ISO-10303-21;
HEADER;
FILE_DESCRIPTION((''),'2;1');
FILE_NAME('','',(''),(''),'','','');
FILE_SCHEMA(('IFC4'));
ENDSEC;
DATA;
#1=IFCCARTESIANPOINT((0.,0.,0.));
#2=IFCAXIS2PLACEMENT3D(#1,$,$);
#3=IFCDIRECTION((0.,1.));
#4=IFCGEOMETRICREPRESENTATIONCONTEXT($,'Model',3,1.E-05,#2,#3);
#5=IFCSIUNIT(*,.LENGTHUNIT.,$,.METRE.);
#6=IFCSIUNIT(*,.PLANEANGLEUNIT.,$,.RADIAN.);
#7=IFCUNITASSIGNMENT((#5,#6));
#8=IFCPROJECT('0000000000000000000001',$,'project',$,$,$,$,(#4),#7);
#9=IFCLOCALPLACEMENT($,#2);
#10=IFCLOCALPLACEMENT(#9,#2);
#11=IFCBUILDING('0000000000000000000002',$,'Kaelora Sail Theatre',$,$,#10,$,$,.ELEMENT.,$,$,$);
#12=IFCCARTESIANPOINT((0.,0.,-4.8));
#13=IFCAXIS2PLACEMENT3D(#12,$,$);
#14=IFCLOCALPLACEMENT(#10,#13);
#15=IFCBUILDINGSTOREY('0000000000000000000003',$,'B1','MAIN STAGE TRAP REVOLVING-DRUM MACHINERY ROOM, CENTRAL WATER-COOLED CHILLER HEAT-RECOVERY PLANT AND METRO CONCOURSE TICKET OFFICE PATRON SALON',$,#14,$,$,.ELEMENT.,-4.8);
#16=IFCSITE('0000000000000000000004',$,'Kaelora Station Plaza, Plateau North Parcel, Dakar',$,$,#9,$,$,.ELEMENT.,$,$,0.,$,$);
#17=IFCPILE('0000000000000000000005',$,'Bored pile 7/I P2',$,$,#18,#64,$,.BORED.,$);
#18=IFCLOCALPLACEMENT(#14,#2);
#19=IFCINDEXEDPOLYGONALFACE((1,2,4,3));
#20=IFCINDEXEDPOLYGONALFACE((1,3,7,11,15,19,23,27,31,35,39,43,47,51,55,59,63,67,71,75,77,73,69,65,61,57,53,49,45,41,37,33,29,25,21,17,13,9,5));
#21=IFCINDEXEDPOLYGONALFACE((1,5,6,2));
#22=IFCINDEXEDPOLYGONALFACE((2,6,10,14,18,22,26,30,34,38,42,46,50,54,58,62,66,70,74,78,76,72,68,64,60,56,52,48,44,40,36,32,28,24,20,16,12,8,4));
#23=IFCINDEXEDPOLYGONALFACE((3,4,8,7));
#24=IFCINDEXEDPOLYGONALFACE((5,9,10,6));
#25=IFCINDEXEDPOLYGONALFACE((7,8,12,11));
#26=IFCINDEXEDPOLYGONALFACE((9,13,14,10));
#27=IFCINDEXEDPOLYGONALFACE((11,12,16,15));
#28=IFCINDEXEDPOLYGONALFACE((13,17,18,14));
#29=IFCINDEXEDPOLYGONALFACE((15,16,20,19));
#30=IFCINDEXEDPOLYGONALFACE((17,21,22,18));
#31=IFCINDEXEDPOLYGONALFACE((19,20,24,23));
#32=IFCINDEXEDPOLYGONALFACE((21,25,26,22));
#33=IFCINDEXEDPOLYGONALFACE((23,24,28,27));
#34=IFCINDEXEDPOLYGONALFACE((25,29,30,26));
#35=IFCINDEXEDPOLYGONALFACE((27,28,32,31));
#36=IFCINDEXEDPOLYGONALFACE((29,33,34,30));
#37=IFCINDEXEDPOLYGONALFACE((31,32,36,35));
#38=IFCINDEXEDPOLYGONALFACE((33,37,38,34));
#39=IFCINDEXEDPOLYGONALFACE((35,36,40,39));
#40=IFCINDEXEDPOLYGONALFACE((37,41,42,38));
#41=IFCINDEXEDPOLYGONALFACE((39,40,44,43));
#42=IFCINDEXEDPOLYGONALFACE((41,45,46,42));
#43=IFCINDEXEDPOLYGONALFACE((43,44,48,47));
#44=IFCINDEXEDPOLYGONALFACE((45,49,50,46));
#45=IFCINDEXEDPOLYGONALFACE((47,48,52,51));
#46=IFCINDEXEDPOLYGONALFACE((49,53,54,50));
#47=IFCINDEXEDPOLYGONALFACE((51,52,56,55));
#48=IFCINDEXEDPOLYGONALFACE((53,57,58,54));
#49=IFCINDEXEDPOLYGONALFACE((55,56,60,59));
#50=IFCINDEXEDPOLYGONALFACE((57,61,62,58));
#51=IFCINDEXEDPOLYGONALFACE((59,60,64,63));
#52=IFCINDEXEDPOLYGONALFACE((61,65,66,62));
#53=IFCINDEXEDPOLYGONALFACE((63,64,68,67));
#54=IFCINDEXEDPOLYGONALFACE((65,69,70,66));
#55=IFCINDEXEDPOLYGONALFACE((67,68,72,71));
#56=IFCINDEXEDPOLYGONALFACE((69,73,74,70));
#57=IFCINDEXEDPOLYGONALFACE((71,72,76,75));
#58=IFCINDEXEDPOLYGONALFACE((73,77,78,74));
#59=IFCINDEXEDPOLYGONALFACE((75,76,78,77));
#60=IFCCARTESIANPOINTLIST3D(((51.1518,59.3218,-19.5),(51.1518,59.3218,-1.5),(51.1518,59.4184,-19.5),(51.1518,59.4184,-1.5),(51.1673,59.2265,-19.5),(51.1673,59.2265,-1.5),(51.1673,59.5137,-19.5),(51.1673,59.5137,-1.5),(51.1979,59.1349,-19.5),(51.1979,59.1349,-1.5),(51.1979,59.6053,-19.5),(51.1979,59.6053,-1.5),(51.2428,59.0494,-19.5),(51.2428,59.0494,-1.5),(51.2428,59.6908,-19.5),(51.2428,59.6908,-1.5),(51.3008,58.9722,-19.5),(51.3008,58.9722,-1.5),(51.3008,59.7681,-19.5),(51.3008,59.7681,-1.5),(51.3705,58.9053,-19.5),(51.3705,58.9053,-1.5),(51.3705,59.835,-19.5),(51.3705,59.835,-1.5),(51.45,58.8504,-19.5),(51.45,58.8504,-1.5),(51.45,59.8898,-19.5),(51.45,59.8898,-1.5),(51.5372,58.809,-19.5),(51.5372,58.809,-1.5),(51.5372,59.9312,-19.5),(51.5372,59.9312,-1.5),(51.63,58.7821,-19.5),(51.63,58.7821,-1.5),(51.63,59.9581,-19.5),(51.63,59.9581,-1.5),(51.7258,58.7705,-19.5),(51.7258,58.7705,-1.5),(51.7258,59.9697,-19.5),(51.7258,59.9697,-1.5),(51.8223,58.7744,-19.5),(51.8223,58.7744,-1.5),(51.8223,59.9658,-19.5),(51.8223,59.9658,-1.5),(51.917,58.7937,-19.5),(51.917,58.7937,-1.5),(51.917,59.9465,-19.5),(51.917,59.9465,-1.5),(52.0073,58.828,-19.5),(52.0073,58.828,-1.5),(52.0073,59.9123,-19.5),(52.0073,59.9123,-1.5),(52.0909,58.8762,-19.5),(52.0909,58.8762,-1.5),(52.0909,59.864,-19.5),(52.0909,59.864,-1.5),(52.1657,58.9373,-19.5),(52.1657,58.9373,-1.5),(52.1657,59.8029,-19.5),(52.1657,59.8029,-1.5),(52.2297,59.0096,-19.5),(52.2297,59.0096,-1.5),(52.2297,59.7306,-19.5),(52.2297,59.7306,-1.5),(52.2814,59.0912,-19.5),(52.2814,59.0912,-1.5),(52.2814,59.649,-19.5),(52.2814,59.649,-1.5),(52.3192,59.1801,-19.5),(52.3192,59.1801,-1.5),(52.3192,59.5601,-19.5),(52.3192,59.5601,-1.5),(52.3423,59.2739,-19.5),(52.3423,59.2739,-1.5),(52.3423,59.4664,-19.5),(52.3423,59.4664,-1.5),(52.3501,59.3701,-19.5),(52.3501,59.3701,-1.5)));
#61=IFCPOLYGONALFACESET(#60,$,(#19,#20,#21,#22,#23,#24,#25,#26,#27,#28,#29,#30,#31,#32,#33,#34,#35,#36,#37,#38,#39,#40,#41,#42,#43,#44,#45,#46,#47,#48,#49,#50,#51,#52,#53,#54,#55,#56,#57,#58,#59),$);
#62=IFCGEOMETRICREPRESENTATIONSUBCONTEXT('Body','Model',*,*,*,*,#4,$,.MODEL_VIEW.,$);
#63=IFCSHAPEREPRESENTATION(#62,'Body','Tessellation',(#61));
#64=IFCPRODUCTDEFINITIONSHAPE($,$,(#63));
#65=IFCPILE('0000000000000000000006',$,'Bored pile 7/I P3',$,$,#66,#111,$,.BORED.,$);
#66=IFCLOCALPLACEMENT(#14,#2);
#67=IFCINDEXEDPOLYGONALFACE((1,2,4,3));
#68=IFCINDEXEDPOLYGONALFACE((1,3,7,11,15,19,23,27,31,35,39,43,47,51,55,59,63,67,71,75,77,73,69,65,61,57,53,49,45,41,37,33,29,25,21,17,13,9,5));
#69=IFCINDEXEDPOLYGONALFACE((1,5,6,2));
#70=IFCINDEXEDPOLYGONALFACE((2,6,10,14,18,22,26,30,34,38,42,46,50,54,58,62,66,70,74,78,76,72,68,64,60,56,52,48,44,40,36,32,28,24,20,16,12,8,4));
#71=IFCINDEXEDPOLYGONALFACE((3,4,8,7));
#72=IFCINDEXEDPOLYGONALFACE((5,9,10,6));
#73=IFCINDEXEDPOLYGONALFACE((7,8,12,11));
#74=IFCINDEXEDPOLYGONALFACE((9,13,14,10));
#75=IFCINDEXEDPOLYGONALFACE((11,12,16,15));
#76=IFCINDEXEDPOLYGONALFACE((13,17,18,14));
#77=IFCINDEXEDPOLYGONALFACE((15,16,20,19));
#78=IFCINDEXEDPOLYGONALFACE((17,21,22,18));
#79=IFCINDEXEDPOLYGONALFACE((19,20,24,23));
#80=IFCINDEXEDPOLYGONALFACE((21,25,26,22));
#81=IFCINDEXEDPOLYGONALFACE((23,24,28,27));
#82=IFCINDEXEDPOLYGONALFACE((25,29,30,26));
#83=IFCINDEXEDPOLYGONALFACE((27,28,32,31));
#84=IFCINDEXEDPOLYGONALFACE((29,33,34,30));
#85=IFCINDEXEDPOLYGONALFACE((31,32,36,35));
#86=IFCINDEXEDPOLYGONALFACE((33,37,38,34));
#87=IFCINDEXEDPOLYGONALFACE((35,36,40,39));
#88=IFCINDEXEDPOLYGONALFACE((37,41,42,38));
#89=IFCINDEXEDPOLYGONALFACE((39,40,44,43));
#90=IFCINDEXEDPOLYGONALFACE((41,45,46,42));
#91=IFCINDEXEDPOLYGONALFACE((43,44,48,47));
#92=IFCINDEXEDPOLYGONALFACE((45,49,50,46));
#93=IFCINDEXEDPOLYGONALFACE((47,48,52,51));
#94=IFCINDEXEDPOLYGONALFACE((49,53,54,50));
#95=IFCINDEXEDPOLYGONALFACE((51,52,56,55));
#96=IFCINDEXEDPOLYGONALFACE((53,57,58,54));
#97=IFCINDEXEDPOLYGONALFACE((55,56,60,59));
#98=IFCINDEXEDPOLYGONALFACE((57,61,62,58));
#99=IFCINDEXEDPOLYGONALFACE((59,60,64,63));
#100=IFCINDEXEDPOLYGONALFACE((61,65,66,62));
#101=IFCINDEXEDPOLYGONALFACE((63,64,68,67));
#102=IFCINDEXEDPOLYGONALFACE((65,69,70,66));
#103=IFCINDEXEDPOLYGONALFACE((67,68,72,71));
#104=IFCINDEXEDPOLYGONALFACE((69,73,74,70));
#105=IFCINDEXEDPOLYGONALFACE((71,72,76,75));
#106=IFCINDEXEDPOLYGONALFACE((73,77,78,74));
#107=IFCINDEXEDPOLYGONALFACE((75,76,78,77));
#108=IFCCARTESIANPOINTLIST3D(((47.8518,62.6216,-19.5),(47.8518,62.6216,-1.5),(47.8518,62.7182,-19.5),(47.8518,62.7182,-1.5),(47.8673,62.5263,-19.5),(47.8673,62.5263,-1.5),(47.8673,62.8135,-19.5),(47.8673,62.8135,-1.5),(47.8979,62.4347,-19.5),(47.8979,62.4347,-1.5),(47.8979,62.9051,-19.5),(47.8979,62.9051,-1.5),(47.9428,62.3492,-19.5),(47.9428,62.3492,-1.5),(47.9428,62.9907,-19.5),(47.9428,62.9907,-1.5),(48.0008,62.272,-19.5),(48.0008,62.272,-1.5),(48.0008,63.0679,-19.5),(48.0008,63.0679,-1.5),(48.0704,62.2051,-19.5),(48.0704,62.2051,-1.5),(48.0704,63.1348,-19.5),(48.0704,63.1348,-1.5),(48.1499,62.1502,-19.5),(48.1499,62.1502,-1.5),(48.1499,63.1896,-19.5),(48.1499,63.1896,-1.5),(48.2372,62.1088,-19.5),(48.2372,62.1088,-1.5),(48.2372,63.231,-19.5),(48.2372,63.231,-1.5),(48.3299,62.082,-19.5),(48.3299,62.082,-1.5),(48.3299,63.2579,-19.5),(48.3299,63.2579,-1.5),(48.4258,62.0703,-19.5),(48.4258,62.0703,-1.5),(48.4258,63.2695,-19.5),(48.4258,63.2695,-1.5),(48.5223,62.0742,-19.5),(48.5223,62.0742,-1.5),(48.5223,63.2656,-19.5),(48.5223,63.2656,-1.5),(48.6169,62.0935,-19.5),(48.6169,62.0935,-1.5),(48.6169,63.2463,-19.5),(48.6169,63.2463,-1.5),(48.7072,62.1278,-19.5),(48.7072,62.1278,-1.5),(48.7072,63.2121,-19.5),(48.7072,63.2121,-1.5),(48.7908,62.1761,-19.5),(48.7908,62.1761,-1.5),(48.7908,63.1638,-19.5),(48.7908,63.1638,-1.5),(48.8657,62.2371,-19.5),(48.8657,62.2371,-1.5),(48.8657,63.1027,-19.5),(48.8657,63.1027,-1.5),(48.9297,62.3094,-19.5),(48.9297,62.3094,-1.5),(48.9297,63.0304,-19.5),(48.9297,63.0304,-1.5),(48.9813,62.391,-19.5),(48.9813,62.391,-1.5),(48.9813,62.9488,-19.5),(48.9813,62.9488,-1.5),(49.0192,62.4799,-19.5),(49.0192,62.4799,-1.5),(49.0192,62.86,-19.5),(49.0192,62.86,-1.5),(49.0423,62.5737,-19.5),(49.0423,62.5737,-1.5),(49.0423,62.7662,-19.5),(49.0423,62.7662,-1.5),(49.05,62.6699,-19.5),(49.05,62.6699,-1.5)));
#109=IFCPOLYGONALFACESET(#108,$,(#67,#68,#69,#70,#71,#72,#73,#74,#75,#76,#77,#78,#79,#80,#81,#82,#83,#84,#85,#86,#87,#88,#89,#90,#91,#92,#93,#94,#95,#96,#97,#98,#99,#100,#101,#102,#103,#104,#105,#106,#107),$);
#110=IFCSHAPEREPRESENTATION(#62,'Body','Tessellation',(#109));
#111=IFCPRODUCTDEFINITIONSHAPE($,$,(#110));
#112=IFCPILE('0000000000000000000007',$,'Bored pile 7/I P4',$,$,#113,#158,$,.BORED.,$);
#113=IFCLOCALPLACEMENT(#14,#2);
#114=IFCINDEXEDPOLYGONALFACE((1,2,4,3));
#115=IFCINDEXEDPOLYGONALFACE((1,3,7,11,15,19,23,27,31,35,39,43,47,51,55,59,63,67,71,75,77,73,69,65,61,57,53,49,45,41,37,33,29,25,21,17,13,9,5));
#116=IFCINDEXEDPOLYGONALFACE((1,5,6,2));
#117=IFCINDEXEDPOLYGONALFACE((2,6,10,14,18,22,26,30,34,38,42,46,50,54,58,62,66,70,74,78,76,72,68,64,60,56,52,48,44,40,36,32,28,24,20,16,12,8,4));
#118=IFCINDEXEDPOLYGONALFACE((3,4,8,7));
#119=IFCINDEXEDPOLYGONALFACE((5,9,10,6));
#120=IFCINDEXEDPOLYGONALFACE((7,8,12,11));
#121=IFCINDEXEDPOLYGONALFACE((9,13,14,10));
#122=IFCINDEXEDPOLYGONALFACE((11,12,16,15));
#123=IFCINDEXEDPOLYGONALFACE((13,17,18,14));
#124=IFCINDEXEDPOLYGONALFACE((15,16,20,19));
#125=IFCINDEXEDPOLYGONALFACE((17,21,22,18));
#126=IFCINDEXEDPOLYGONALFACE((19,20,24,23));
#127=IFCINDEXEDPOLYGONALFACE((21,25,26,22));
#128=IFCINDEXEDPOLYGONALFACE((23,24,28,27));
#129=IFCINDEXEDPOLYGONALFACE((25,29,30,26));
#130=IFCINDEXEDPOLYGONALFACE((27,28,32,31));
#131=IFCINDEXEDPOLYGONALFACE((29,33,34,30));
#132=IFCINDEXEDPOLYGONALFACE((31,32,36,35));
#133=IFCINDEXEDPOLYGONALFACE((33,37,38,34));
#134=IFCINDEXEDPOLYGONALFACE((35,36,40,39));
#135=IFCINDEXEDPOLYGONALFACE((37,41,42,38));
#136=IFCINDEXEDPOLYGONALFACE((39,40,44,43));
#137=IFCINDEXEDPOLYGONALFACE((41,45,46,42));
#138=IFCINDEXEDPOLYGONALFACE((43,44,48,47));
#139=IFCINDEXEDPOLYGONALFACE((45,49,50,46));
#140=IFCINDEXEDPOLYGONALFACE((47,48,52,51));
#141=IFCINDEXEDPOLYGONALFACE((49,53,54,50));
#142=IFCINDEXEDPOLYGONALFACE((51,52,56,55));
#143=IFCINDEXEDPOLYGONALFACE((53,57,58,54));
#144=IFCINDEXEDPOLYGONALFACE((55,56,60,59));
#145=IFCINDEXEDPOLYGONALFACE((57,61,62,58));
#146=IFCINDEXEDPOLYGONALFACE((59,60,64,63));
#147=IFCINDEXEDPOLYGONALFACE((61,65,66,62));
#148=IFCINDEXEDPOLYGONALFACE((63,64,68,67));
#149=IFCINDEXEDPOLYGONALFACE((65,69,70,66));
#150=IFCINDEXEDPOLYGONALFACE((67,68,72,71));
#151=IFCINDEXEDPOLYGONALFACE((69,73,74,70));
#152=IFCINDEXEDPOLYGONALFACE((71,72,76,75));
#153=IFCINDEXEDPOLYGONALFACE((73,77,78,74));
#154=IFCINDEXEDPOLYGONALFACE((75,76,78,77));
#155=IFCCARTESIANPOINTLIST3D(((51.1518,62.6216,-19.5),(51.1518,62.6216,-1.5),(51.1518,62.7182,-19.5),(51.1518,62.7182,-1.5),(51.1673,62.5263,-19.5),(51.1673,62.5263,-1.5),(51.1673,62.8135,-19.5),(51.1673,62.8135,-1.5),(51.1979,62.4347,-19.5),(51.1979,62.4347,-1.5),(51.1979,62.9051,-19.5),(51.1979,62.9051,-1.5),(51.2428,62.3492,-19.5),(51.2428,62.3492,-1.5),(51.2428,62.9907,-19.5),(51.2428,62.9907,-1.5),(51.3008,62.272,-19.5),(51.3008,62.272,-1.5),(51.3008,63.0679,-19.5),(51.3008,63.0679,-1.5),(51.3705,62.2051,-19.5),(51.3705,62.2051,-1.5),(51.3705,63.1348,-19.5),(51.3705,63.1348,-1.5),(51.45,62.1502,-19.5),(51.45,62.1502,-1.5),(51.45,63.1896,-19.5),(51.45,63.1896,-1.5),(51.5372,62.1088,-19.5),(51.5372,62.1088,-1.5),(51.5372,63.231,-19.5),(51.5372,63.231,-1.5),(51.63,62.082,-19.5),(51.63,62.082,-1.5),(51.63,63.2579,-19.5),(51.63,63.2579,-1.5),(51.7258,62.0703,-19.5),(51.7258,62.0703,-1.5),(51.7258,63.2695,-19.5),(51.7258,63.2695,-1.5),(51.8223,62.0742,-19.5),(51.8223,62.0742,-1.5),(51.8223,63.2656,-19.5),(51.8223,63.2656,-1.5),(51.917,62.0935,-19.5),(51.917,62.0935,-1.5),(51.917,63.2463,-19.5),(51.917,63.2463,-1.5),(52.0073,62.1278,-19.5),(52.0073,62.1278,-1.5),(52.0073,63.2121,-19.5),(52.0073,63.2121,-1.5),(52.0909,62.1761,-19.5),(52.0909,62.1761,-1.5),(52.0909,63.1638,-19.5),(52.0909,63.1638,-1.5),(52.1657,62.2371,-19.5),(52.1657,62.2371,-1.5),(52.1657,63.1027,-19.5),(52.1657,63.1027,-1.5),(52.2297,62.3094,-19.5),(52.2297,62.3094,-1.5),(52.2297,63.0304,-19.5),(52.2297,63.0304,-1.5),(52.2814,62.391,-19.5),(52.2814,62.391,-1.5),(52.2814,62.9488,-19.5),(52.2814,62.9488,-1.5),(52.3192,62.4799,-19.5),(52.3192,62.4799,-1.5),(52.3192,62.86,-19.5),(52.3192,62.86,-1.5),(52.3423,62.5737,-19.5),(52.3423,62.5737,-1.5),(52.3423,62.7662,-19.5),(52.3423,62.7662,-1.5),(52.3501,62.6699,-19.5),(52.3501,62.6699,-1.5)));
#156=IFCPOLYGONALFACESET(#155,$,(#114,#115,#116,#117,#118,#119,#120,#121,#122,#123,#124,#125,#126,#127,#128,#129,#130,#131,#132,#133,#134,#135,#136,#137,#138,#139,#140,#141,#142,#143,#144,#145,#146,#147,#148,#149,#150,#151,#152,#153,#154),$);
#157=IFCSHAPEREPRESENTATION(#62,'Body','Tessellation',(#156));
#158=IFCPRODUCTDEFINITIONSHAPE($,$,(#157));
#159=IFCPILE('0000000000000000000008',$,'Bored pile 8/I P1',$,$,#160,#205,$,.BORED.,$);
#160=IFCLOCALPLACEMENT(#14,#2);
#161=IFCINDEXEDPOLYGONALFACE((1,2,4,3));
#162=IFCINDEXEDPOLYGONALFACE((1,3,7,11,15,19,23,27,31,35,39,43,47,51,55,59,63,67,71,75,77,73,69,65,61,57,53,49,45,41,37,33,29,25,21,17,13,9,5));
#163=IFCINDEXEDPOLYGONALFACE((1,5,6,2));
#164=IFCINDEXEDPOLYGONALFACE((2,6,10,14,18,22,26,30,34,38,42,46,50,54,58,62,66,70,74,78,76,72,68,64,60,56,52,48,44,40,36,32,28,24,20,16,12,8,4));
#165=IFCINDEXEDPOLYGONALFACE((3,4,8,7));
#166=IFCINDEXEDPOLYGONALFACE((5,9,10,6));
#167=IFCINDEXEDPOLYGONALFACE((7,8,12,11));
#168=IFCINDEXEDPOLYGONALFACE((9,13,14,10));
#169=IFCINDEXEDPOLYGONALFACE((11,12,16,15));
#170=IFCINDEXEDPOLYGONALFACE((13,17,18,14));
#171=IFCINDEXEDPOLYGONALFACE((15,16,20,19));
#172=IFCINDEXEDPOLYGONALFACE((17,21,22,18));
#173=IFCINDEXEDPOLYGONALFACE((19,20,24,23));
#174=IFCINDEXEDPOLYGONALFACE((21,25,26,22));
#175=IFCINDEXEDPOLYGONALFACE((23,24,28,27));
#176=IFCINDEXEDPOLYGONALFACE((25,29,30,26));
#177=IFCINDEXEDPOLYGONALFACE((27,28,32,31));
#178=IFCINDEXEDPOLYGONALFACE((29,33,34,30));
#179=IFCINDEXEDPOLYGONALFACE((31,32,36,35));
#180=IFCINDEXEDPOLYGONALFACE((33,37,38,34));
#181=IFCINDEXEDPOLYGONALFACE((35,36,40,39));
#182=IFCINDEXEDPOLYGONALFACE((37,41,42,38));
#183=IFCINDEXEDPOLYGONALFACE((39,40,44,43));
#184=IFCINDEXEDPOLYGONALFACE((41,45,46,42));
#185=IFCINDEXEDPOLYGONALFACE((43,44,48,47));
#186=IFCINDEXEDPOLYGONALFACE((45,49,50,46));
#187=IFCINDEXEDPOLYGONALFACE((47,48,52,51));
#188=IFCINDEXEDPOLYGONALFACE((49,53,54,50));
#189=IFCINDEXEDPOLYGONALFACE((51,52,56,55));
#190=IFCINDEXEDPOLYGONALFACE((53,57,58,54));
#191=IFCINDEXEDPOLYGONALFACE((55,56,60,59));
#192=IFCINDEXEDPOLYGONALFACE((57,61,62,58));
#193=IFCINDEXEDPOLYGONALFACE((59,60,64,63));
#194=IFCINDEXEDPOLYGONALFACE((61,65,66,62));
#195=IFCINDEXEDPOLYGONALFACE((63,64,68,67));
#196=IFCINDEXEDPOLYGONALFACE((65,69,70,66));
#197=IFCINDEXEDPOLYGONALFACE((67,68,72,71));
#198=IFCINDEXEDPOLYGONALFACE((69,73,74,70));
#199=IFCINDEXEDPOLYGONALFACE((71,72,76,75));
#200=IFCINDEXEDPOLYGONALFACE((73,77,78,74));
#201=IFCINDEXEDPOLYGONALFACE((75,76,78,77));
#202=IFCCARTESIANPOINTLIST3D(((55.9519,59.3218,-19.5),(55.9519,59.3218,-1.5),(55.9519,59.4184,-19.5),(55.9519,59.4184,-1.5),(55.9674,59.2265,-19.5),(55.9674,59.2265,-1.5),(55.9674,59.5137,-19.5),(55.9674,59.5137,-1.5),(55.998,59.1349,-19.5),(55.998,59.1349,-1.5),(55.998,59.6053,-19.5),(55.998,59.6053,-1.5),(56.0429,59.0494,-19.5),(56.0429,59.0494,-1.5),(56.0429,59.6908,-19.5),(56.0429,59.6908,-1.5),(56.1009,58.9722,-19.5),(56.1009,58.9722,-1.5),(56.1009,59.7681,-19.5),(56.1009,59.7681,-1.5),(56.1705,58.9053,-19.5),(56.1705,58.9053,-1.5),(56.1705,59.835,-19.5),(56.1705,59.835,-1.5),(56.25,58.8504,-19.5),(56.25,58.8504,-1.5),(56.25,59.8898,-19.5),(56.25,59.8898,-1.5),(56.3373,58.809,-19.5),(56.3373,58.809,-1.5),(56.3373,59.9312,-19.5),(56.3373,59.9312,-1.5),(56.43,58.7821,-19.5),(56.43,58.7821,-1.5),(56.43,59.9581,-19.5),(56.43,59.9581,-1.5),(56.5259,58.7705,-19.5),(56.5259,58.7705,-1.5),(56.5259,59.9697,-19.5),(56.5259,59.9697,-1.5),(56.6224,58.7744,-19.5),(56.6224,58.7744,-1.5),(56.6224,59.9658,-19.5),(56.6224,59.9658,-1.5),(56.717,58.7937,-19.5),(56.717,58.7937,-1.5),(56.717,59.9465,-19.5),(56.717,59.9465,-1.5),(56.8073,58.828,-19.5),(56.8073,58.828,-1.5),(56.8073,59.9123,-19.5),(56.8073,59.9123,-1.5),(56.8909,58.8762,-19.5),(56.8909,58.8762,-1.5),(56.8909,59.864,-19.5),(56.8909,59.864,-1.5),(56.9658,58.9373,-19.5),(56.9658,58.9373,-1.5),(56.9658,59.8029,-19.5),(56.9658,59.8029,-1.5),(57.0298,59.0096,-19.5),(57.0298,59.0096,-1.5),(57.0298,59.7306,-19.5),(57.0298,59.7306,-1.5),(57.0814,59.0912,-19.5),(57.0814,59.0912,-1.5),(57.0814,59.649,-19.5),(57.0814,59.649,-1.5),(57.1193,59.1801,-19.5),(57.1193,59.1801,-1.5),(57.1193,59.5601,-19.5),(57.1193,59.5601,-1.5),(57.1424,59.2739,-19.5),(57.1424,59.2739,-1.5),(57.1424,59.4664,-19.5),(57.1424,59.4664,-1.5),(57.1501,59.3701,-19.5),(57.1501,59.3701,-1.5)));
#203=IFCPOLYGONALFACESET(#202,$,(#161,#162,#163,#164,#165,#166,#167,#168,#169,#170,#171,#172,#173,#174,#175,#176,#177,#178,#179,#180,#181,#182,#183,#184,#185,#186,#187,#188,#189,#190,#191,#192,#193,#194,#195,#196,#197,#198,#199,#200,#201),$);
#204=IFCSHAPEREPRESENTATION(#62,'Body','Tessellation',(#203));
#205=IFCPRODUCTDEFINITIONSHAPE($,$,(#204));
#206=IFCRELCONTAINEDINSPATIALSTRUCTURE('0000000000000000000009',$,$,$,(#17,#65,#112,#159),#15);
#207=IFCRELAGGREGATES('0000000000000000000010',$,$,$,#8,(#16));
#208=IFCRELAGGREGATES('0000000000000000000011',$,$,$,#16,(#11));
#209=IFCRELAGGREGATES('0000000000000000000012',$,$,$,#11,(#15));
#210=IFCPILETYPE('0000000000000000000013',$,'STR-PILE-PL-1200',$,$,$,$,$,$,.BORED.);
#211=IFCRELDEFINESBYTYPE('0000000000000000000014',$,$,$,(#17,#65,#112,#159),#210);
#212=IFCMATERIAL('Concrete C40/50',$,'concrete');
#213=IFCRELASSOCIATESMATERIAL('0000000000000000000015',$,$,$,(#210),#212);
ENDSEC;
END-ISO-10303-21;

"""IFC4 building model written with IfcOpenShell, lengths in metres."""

from ifc_helpers import new_model, si_unit, direction, frame, origin, origin_2d, place, context, subcontext, project, spatial, circle, extrude, material, material_profile, profile_set, type_object, element, save


model = new_model("IFC4")

# Units and contexts
model_context = context("Model", 3, precision=1e-05, world=origin(), true_north=direction((0.0, 1.0)))
body_context = subcontext(model_context, "Body", "Model", "MODEL_VIEW")
ifc_project = project(units=[si_unit("LENGTHUNIT", "METRE"), si_unit("PLANEANGLEUNIT", "RADIAN")], contexts=[model_context])

# Site, building, storey
site_placement = place(None, origin())
site = spatial("IfcSite", under=ifc_project, at=site_placement, Name="Kaelora Station Plaza, Plateau North Parcel, Dakar", CompositionType="ELEMENT", RefElevation=0.0)
building_placement = place(site_placement, origin())
building = spatial("IfcBuilding", under=site, at=building_placement, Name="Kaelora Sail Theatre", CompositionType="ELEMENT")
storey_placement = place(building_placement, frame((0.0, 0.0, -4.8)))
storey = spatial("IfcBuildingStorey", under=building, at=storey_placement, Name="B1", Description="MAIN STAGE TRAP REVOLVING-DRUM MACHINERY ROOM, CENTRAL WATER-COOLED CHILLER HEAT-RECOVERY PLANT AND METRO CONCOURSE TICKET OFFICE PATRON SALON", CompositionType="ELEMENT", Elevation=-4.8)

# Piles
ifc_material_1 = material(Name="Concrete C40/50", Category="concrete")
ifc_material_profile_1 = material_profile(ifc_material_1, circle(Radius=0.6001, at=origin_2d()), Name="PILE D1200")
ifc_profile_set_1 = profile_set([ifc_material_profile_1], Name="Concrete C40/50")
pile_type_1 = type_object("IfcPileType", Name="STR-PILE-PL-1200", PredefinedType="BORED", material=ifc_profile_set_1)
for number, where, z_axis, x_axis, name in (
    (1, (51.75, 59.3701, -1.5), (0.0, 0.0, -1.0), (1.0, 0.0, 0.0), "Bored pile 7/I P2"),
    (2, (48.45, 62.6699, -1.5), (0.0, 0.0, -1.0), (1.0, 0.0, 0.0), "Bored pile 7/I P3"),
    (3, (51.75, 62.6699, -1.5), (0.0, 0.0, -1.0), (1.0, 0.0, 0.0), "Bored pile 7/I P4"),
    (4, (56.55, 59.3701, -1.5), (0.0, 0.0, -1.0), (1.0, 0.0, 0.0), "Bored pile 8/I P1"),
):
    element("IfcPile", number, at=place(storey_placement, frame(where, z_axis=z_axis, x_axis=x_axis)), inside=storey, type_object=pile_type_1, Name=name, PredefinedType="BORED", context=body_context, shape_type="SweptSolid", body=[
        extrude(circle(Radius=0.6001, at=origin_2d()), origin(), (0.0, 0.0, 1.0), 18.0),
    ])

save(model, "model.ifc")
